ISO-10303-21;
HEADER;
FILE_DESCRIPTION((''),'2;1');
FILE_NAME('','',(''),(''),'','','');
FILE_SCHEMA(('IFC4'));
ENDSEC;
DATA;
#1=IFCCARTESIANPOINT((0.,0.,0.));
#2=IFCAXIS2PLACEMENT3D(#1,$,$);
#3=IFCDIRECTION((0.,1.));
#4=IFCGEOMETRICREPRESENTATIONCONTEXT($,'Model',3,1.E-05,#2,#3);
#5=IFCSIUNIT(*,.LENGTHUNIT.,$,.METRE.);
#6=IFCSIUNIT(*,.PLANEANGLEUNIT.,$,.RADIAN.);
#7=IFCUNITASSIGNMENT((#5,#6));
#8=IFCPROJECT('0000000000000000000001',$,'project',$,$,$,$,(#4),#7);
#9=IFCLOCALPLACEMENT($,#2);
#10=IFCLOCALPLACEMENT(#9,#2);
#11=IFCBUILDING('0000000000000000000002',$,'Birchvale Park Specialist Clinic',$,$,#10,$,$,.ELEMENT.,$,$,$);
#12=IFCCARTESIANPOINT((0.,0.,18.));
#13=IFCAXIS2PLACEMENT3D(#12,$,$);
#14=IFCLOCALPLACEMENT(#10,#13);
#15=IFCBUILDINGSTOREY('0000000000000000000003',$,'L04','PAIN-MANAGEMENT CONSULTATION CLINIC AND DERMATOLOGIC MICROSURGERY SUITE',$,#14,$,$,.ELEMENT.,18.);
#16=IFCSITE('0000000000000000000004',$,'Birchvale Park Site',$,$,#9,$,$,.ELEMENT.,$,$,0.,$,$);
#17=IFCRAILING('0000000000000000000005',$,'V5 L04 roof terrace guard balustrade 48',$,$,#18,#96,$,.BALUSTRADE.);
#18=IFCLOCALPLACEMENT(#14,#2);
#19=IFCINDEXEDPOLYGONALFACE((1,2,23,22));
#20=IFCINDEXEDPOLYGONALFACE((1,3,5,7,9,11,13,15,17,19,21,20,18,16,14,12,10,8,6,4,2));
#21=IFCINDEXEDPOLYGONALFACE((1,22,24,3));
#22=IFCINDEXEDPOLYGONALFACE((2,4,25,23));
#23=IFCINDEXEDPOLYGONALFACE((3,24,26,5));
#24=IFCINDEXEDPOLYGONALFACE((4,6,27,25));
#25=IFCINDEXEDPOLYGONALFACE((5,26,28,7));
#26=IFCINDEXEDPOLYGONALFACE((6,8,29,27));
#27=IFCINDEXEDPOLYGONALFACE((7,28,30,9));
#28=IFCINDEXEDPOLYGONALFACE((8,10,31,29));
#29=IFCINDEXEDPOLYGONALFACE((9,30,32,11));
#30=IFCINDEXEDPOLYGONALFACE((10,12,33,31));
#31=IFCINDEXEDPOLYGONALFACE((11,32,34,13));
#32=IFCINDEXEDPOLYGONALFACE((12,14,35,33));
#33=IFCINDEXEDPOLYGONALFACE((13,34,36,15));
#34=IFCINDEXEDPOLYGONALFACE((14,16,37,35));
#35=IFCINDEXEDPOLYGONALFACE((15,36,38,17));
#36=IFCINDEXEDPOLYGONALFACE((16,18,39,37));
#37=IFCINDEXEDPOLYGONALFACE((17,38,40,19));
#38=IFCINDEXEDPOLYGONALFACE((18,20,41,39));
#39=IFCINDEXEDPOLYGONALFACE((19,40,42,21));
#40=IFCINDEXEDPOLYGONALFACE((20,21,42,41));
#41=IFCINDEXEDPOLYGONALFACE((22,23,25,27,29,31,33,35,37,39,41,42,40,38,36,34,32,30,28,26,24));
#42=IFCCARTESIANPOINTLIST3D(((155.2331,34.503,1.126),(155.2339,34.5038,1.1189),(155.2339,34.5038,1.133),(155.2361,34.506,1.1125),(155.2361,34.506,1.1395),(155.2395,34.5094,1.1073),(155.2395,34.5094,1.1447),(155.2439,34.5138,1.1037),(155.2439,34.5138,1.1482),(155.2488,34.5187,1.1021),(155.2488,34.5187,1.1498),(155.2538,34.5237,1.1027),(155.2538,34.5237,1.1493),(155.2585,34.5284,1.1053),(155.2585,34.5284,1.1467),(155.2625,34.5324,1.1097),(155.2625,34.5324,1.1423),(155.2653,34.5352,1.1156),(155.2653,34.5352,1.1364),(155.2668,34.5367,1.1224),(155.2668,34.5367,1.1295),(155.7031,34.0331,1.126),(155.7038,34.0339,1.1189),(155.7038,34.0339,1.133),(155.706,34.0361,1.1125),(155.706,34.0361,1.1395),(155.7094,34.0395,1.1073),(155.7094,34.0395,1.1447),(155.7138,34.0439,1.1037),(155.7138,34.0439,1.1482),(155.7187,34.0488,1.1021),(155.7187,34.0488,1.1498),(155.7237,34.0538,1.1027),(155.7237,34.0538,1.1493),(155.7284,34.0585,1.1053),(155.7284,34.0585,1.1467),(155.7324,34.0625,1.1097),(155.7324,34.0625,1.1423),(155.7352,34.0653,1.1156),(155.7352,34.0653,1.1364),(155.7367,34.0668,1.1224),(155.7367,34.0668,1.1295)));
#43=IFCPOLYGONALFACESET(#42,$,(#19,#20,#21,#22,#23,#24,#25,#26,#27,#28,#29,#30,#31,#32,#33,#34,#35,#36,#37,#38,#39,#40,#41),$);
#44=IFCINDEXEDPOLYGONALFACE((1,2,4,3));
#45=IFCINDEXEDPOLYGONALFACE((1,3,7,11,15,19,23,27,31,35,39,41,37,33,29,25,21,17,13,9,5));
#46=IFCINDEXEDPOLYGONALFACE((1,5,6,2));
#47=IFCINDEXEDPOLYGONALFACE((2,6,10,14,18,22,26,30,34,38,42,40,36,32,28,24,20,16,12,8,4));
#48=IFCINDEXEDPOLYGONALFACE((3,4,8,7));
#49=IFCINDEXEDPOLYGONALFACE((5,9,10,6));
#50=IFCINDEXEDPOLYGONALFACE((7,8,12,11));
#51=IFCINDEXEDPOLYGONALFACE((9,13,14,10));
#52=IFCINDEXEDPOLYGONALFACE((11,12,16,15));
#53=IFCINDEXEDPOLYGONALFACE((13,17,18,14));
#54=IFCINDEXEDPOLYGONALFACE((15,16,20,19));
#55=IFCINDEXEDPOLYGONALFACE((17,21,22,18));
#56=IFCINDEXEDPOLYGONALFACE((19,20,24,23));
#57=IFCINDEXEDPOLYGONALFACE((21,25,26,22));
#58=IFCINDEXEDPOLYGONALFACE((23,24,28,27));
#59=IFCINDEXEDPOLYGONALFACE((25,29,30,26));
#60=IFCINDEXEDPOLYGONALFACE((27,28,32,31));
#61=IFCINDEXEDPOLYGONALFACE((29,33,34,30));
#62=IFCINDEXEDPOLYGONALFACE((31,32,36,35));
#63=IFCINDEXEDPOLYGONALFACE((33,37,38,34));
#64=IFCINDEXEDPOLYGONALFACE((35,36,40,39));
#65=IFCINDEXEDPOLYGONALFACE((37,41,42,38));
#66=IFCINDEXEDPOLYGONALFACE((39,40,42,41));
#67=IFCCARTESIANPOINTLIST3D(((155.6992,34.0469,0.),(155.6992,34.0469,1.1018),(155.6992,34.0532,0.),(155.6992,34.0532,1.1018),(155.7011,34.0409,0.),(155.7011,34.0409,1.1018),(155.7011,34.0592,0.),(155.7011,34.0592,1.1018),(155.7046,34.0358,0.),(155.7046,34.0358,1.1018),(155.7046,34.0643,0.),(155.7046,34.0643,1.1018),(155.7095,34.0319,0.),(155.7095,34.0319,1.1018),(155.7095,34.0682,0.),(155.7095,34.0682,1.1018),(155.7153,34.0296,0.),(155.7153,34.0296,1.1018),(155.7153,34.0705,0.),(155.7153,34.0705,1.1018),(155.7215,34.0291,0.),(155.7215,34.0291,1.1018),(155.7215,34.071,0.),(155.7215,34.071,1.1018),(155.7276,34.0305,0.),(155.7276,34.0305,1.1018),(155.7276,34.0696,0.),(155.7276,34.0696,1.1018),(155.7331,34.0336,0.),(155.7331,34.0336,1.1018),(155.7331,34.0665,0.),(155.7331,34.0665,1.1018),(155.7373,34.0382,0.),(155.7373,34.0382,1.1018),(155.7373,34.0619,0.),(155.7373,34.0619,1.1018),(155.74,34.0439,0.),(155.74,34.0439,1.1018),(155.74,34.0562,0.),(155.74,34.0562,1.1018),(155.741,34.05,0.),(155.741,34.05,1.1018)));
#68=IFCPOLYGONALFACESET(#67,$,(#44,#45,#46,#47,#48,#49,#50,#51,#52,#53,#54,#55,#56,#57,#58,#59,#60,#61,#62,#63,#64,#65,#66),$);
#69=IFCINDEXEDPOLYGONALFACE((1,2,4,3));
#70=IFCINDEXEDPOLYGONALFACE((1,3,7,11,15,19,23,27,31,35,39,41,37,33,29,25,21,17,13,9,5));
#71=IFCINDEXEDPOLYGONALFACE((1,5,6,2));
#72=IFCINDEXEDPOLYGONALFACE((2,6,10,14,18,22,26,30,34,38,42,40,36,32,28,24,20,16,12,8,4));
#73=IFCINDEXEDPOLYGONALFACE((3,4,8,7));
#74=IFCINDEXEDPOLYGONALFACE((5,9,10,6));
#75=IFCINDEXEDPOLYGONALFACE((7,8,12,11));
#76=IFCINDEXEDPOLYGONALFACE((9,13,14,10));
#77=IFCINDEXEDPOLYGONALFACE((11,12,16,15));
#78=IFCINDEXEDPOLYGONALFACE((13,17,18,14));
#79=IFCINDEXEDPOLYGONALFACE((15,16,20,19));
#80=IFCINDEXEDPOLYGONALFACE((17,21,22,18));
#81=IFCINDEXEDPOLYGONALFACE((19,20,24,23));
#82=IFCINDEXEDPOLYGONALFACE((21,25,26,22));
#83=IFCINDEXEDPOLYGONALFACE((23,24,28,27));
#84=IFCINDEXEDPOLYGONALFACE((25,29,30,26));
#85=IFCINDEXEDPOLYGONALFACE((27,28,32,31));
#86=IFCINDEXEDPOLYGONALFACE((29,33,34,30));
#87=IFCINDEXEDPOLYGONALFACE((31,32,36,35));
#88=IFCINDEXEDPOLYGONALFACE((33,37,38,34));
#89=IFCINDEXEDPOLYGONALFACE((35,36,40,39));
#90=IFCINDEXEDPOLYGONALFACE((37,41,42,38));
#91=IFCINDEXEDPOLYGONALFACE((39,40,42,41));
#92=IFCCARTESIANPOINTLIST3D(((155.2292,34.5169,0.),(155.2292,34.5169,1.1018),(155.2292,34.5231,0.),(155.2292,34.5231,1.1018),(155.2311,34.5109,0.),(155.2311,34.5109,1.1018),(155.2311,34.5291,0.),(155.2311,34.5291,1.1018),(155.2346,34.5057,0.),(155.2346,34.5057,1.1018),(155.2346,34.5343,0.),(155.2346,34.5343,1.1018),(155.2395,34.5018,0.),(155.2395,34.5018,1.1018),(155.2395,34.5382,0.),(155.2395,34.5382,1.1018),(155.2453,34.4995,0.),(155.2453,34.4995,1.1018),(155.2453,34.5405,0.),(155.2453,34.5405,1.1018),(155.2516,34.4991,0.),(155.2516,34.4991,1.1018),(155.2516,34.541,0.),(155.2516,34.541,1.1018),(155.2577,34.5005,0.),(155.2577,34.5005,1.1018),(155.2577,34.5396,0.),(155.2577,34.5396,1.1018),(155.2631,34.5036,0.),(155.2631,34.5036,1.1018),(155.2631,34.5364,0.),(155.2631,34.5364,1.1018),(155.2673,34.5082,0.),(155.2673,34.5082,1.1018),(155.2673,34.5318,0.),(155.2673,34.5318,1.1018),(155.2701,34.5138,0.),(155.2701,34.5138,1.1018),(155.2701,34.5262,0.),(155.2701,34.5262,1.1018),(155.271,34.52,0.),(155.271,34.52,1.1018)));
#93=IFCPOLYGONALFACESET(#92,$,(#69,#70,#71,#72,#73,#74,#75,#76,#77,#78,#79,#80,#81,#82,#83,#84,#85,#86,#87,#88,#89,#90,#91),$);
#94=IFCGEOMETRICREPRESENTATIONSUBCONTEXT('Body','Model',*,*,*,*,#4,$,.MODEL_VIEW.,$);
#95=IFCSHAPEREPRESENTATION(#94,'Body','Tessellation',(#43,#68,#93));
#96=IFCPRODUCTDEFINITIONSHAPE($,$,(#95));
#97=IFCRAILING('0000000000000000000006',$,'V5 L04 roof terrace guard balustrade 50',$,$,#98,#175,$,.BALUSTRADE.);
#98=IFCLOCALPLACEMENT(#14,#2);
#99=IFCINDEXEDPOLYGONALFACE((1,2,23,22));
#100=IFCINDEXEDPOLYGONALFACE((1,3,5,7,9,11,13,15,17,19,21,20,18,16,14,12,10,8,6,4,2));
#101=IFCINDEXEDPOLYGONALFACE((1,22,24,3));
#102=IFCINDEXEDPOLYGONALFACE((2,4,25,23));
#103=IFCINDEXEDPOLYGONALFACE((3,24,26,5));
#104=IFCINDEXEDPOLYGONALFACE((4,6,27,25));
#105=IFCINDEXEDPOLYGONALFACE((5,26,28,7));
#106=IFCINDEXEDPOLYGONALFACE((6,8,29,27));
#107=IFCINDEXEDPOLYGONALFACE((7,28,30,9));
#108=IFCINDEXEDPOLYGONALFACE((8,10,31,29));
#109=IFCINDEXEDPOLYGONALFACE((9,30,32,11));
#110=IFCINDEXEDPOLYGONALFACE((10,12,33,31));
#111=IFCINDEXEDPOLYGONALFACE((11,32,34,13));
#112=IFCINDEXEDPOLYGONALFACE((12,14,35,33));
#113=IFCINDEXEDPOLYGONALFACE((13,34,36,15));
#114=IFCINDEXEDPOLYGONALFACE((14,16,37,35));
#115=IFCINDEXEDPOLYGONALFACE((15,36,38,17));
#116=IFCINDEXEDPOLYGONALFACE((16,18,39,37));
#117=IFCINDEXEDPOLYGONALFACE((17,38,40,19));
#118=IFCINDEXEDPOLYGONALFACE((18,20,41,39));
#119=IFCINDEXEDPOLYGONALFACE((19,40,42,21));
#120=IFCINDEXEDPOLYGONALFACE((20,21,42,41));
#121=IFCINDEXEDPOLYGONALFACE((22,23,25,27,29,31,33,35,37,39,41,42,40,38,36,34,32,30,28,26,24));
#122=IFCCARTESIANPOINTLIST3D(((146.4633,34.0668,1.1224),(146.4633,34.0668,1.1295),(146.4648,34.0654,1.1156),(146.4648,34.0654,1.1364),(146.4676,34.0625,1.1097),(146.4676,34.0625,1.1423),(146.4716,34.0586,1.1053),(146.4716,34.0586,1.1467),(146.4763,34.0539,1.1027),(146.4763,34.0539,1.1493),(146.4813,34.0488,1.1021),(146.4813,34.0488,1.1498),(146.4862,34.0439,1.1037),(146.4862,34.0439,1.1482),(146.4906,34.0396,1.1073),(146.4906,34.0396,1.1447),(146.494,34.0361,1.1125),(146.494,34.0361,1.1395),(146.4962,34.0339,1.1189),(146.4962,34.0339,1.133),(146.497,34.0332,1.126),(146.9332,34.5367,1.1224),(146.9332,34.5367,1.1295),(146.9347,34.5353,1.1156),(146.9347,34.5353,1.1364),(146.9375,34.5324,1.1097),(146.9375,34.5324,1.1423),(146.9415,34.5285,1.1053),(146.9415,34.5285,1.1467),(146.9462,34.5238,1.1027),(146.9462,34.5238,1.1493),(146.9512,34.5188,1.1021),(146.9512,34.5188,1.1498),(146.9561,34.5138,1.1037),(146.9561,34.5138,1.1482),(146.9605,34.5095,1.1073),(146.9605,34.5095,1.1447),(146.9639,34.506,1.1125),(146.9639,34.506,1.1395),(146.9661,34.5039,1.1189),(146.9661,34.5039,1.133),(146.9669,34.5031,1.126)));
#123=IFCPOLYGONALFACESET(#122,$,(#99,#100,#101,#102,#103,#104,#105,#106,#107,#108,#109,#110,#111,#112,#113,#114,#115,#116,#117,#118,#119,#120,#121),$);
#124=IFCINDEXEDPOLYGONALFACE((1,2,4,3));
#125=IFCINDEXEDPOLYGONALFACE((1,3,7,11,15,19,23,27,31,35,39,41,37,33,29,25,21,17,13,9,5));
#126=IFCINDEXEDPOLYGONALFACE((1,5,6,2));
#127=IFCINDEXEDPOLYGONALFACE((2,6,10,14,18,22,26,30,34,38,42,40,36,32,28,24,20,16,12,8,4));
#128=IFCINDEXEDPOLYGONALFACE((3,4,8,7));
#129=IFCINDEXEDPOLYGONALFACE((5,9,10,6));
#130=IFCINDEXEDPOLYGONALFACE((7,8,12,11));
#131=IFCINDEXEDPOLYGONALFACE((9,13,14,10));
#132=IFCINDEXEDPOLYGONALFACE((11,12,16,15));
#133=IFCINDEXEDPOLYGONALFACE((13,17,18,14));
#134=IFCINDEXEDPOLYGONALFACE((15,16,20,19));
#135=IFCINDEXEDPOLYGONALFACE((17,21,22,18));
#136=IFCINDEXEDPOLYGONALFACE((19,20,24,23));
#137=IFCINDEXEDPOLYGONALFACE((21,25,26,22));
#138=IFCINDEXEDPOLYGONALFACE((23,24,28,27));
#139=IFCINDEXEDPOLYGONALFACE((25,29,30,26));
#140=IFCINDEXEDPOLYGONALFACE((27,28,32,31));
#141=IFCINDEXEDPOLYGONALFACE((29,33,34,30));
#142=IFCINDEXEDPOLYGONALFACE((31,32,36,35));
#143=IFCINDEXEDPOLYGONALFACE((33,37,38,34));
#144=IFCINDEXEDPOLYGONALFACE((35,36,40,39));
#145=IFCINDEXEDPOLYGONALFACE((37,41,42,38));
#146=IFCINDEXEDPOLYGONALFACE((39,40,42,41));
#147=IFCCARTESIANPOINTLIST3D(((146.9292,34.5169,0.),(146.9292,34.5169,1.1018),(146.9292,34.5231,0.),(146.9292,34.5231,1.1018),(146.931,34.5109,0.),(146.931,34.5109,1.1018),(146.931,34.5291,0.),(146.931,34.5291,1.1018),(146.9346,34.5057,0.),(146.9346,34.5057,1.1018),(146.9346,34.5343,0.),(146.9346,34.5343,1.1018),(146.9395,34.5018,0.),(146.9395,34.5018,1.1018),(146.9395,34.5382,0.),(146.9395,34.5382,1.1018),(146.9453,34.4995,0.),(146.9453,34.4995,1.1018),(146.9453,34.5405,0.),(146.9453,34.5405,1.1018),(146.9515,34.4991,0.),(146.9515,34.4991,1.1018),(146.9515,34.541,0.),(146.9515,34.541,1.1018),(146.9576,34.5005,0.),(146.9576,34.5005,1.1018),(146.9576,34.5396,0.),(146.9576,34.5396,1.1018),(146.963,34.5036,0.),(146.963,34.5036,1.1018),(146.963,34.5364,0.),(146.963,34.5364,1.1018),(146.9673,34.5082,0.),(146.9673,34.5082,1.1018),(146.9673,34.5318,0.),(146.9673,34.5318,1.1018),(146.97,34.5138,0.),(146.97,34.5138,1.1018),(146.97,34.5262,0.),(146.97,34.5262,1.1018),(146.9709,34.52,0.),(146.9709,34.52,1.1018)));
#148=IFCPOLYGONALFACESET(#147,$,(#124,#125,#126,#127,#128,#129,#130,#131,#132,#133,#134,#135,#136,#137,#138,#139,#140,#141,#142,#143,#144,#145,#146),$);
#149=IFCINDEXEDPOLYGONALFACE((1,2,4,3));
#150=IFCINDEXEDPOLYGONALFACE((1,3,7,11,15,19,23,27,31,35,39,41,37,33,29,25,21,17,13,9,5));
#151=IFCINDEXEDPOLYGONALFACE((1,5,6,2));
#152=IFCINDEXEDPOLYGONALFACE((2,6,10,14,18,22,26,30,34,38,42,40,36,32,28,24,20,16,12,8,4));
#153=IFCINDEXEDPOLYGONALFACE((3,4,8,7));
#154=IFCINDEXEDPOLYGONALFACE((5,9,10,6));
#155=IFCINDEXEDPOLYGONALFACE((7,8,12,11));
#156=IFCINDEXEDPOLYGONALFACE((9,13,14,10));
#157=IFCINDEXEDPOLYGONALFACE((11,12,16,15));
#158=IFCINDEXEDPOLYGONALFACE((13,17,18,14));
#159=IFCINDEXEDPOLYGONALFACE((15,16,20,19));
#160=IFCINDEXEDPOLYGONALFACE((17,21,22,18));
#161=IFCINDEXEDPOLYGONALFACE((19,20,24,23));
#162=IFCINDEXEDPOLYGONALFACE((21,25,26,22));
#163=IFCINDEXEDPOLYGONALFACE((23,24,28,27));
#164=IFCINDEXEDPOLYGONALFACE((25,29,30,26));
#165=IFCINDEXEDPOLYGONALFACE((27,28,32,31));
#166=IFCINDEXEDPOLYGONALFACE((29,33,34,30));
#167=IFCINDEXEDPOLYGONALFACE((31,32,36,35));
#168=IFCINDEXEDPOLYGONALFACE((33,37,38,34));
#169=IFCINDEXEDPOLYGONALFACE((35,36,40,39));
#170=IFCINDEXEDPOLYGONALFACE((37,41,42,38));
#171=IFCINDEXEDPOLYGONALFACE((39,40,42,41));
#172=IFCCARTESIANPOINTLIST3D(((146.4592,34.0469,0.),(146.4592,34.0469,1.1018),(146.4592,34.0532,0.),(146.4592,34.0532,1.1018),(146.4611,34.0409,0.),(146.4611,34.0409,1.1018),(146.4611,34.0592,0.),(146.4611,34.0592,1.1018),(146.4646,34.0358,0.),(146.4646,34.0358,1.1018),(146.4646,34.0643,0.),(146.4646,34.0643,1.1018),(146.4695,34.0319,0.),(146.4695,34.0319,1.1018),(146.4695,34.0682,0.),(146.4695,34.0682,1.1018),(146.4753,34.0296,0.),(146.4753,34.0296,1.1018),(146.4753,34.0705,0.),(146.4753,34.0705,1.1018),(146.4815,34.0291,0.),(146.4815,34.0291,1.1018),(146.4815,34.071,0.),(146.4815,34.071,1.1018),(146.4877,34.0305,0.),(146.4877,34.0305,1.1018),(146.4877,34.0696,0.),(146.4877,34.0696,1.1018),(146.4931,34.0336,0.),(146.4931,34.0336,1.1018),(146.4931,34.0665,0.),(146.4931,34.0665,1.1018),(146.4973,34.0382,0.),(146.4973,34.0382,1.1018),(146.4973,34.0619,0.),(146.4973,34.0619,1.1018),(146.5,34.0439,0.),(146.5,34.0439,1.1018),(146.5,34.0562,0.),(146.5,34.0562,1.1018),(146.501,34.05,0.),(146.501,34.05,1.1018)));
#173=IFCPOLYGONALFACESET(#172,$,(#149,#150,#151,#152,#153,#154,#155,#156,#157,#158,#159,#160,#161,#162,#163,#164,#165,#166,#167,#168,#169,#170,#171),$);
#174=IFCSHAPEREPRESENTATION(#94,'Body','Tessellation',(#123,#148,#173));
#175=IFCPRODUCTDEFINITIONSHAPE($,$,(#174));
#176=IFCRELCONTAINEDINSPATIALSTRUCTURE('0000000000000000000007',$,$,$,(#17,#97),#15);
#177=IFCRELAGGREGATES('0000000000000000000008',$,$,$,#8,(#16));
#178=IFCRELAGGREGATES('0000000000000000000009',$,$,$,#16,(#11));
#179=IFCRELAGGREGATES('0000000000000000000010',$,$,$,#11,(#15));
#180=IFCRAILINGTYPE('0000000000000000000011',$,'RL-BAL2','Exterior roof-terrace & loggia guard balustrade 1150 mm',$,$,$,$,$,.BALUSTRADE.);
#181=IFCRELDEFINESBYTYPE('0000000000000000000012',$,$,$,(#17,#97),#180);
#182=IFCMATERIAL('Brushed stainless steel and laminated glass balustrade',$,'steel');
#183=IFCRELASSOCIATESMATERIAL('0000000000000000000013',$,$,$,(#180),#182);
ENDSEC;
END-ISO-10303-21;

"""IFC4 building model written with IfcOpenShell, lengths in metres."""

from ifc_helpers import new_model, si_unit, direction, frame, origin, origin_2d, place, context, subcontext, project, spatial, circle, extrude, material, type_object, element, save


model = new_model("IFC4")

# Units and contexts
model_context = context("Model", 3, precision=1e-05, world=origin(), true_north=direction((0.0, 1.0)))
body_context = subcontext(model_context, "Body", "Model", "MODEL_VIEW")
ifc_project = project(units=[si_unit("LENGTHUNIT", "METRE"), si_unit("PLANEANGLEUNIT", "RADIAN")], contexts=[model_context])

# Site, building, storey
site_placement = place(None, origin())
site = spatial("IfcSite", under=ifc_project, at=site_placement, Name="Birchvale Park Site", CompositionType="ELEMENT", RefElevation=0.0)
building_placement = place(site_placement, origin())
building = spatial("IfcBuilding", under=site, at=building_placement, Name="Birchvale Park Specialist Clinic", CompositionType="ELEMENT")
storey_placement = place(building_placement, frame((0.0, 0.0, 18.0)))
storey = spatial("IfcBuildingStorey", under=building, at=storey_placement, Name="L04", Description="PAIN-MANAGEMENT CONSULTATION CLINIC AND DERMATOLOGIC MICROSURGERY SUITE", CompositionType="ELEMENT", Elevation=18.0)

# Railings
ifc_material_1 = material(Name="Brushed stainless steel and laminated glass balustrade", Category="steel")
railing_type = type_object("IfcRailingType", Name="RL-BAL2", Description="Exterior roof-terrace & loggia guard balustrade 1150 mm", PredefinedType="BALUSTRADE", material=ifc_material_1)
railing_1_placement = place(storey_placement, frame((155.72, 34.05, 0.0)))
element("IfcRailing", 1, at=railing_1_placement, inside=storey, type_object=railing_type, Name="V5 L04 roof terrace guard balustrade 48", PredefinedType="BALUSTRADE", context=body_context, shape_type="SweptSolid", body=[
    extrude(circle(Radius=0.0239, at=origin_2d()), frame((0.0, 0.0, 1.126), z_axis=(-0.707107, 0.707107, 0.0), x_axis=(-0.707107, -0.707107, 0.0)), (0.0, 0.0, 1.0), 0.6646),
    extrude(circle(Radius=0.021, at=origin_2d()), origin(), (0.0, 0.0, 1.0), 1.1018),
    extrude(circle(Radius=0.021, at=origin_2d()), frame((-0.47, 0.47, 0.0)), (0.0, 0.0, 1.0), 1.1018),
])
railing_2_placement = place(storey_placement, frame((146.95, 34.52, 0.0)))
element("IfcRailing", 2, at=railing_2_placement, inside=storey, type_object=railing_type, Name="V5 L04 roof terrace guard balustrade 50", PredefinedType="BALUSTRADE", context=body_context, shape_type="SweptSolid", body=[
    extrude(circle(Radius=0.0239, at=origin_2d()), frame((0.0, 0.0, 1.126), z_axis=(-0.707107, -0.707107, 0.0), x_axis=(0.707107, -0.707107, 0.0)), (0.0, 0.0, 1.0), 0.6646),
    extrude(circle(Radius=0.021, at=origin_2d()), origin(), (0.0, 0.0, 1.0), 1.1018),
    extrude(circle(Radius=0.021, at=origin_2d()), frame((-0.47, -0.47, 0.0)), (0.0, 0.0, 1.0), 1.1018),
])

save(model, "model.ifc")
